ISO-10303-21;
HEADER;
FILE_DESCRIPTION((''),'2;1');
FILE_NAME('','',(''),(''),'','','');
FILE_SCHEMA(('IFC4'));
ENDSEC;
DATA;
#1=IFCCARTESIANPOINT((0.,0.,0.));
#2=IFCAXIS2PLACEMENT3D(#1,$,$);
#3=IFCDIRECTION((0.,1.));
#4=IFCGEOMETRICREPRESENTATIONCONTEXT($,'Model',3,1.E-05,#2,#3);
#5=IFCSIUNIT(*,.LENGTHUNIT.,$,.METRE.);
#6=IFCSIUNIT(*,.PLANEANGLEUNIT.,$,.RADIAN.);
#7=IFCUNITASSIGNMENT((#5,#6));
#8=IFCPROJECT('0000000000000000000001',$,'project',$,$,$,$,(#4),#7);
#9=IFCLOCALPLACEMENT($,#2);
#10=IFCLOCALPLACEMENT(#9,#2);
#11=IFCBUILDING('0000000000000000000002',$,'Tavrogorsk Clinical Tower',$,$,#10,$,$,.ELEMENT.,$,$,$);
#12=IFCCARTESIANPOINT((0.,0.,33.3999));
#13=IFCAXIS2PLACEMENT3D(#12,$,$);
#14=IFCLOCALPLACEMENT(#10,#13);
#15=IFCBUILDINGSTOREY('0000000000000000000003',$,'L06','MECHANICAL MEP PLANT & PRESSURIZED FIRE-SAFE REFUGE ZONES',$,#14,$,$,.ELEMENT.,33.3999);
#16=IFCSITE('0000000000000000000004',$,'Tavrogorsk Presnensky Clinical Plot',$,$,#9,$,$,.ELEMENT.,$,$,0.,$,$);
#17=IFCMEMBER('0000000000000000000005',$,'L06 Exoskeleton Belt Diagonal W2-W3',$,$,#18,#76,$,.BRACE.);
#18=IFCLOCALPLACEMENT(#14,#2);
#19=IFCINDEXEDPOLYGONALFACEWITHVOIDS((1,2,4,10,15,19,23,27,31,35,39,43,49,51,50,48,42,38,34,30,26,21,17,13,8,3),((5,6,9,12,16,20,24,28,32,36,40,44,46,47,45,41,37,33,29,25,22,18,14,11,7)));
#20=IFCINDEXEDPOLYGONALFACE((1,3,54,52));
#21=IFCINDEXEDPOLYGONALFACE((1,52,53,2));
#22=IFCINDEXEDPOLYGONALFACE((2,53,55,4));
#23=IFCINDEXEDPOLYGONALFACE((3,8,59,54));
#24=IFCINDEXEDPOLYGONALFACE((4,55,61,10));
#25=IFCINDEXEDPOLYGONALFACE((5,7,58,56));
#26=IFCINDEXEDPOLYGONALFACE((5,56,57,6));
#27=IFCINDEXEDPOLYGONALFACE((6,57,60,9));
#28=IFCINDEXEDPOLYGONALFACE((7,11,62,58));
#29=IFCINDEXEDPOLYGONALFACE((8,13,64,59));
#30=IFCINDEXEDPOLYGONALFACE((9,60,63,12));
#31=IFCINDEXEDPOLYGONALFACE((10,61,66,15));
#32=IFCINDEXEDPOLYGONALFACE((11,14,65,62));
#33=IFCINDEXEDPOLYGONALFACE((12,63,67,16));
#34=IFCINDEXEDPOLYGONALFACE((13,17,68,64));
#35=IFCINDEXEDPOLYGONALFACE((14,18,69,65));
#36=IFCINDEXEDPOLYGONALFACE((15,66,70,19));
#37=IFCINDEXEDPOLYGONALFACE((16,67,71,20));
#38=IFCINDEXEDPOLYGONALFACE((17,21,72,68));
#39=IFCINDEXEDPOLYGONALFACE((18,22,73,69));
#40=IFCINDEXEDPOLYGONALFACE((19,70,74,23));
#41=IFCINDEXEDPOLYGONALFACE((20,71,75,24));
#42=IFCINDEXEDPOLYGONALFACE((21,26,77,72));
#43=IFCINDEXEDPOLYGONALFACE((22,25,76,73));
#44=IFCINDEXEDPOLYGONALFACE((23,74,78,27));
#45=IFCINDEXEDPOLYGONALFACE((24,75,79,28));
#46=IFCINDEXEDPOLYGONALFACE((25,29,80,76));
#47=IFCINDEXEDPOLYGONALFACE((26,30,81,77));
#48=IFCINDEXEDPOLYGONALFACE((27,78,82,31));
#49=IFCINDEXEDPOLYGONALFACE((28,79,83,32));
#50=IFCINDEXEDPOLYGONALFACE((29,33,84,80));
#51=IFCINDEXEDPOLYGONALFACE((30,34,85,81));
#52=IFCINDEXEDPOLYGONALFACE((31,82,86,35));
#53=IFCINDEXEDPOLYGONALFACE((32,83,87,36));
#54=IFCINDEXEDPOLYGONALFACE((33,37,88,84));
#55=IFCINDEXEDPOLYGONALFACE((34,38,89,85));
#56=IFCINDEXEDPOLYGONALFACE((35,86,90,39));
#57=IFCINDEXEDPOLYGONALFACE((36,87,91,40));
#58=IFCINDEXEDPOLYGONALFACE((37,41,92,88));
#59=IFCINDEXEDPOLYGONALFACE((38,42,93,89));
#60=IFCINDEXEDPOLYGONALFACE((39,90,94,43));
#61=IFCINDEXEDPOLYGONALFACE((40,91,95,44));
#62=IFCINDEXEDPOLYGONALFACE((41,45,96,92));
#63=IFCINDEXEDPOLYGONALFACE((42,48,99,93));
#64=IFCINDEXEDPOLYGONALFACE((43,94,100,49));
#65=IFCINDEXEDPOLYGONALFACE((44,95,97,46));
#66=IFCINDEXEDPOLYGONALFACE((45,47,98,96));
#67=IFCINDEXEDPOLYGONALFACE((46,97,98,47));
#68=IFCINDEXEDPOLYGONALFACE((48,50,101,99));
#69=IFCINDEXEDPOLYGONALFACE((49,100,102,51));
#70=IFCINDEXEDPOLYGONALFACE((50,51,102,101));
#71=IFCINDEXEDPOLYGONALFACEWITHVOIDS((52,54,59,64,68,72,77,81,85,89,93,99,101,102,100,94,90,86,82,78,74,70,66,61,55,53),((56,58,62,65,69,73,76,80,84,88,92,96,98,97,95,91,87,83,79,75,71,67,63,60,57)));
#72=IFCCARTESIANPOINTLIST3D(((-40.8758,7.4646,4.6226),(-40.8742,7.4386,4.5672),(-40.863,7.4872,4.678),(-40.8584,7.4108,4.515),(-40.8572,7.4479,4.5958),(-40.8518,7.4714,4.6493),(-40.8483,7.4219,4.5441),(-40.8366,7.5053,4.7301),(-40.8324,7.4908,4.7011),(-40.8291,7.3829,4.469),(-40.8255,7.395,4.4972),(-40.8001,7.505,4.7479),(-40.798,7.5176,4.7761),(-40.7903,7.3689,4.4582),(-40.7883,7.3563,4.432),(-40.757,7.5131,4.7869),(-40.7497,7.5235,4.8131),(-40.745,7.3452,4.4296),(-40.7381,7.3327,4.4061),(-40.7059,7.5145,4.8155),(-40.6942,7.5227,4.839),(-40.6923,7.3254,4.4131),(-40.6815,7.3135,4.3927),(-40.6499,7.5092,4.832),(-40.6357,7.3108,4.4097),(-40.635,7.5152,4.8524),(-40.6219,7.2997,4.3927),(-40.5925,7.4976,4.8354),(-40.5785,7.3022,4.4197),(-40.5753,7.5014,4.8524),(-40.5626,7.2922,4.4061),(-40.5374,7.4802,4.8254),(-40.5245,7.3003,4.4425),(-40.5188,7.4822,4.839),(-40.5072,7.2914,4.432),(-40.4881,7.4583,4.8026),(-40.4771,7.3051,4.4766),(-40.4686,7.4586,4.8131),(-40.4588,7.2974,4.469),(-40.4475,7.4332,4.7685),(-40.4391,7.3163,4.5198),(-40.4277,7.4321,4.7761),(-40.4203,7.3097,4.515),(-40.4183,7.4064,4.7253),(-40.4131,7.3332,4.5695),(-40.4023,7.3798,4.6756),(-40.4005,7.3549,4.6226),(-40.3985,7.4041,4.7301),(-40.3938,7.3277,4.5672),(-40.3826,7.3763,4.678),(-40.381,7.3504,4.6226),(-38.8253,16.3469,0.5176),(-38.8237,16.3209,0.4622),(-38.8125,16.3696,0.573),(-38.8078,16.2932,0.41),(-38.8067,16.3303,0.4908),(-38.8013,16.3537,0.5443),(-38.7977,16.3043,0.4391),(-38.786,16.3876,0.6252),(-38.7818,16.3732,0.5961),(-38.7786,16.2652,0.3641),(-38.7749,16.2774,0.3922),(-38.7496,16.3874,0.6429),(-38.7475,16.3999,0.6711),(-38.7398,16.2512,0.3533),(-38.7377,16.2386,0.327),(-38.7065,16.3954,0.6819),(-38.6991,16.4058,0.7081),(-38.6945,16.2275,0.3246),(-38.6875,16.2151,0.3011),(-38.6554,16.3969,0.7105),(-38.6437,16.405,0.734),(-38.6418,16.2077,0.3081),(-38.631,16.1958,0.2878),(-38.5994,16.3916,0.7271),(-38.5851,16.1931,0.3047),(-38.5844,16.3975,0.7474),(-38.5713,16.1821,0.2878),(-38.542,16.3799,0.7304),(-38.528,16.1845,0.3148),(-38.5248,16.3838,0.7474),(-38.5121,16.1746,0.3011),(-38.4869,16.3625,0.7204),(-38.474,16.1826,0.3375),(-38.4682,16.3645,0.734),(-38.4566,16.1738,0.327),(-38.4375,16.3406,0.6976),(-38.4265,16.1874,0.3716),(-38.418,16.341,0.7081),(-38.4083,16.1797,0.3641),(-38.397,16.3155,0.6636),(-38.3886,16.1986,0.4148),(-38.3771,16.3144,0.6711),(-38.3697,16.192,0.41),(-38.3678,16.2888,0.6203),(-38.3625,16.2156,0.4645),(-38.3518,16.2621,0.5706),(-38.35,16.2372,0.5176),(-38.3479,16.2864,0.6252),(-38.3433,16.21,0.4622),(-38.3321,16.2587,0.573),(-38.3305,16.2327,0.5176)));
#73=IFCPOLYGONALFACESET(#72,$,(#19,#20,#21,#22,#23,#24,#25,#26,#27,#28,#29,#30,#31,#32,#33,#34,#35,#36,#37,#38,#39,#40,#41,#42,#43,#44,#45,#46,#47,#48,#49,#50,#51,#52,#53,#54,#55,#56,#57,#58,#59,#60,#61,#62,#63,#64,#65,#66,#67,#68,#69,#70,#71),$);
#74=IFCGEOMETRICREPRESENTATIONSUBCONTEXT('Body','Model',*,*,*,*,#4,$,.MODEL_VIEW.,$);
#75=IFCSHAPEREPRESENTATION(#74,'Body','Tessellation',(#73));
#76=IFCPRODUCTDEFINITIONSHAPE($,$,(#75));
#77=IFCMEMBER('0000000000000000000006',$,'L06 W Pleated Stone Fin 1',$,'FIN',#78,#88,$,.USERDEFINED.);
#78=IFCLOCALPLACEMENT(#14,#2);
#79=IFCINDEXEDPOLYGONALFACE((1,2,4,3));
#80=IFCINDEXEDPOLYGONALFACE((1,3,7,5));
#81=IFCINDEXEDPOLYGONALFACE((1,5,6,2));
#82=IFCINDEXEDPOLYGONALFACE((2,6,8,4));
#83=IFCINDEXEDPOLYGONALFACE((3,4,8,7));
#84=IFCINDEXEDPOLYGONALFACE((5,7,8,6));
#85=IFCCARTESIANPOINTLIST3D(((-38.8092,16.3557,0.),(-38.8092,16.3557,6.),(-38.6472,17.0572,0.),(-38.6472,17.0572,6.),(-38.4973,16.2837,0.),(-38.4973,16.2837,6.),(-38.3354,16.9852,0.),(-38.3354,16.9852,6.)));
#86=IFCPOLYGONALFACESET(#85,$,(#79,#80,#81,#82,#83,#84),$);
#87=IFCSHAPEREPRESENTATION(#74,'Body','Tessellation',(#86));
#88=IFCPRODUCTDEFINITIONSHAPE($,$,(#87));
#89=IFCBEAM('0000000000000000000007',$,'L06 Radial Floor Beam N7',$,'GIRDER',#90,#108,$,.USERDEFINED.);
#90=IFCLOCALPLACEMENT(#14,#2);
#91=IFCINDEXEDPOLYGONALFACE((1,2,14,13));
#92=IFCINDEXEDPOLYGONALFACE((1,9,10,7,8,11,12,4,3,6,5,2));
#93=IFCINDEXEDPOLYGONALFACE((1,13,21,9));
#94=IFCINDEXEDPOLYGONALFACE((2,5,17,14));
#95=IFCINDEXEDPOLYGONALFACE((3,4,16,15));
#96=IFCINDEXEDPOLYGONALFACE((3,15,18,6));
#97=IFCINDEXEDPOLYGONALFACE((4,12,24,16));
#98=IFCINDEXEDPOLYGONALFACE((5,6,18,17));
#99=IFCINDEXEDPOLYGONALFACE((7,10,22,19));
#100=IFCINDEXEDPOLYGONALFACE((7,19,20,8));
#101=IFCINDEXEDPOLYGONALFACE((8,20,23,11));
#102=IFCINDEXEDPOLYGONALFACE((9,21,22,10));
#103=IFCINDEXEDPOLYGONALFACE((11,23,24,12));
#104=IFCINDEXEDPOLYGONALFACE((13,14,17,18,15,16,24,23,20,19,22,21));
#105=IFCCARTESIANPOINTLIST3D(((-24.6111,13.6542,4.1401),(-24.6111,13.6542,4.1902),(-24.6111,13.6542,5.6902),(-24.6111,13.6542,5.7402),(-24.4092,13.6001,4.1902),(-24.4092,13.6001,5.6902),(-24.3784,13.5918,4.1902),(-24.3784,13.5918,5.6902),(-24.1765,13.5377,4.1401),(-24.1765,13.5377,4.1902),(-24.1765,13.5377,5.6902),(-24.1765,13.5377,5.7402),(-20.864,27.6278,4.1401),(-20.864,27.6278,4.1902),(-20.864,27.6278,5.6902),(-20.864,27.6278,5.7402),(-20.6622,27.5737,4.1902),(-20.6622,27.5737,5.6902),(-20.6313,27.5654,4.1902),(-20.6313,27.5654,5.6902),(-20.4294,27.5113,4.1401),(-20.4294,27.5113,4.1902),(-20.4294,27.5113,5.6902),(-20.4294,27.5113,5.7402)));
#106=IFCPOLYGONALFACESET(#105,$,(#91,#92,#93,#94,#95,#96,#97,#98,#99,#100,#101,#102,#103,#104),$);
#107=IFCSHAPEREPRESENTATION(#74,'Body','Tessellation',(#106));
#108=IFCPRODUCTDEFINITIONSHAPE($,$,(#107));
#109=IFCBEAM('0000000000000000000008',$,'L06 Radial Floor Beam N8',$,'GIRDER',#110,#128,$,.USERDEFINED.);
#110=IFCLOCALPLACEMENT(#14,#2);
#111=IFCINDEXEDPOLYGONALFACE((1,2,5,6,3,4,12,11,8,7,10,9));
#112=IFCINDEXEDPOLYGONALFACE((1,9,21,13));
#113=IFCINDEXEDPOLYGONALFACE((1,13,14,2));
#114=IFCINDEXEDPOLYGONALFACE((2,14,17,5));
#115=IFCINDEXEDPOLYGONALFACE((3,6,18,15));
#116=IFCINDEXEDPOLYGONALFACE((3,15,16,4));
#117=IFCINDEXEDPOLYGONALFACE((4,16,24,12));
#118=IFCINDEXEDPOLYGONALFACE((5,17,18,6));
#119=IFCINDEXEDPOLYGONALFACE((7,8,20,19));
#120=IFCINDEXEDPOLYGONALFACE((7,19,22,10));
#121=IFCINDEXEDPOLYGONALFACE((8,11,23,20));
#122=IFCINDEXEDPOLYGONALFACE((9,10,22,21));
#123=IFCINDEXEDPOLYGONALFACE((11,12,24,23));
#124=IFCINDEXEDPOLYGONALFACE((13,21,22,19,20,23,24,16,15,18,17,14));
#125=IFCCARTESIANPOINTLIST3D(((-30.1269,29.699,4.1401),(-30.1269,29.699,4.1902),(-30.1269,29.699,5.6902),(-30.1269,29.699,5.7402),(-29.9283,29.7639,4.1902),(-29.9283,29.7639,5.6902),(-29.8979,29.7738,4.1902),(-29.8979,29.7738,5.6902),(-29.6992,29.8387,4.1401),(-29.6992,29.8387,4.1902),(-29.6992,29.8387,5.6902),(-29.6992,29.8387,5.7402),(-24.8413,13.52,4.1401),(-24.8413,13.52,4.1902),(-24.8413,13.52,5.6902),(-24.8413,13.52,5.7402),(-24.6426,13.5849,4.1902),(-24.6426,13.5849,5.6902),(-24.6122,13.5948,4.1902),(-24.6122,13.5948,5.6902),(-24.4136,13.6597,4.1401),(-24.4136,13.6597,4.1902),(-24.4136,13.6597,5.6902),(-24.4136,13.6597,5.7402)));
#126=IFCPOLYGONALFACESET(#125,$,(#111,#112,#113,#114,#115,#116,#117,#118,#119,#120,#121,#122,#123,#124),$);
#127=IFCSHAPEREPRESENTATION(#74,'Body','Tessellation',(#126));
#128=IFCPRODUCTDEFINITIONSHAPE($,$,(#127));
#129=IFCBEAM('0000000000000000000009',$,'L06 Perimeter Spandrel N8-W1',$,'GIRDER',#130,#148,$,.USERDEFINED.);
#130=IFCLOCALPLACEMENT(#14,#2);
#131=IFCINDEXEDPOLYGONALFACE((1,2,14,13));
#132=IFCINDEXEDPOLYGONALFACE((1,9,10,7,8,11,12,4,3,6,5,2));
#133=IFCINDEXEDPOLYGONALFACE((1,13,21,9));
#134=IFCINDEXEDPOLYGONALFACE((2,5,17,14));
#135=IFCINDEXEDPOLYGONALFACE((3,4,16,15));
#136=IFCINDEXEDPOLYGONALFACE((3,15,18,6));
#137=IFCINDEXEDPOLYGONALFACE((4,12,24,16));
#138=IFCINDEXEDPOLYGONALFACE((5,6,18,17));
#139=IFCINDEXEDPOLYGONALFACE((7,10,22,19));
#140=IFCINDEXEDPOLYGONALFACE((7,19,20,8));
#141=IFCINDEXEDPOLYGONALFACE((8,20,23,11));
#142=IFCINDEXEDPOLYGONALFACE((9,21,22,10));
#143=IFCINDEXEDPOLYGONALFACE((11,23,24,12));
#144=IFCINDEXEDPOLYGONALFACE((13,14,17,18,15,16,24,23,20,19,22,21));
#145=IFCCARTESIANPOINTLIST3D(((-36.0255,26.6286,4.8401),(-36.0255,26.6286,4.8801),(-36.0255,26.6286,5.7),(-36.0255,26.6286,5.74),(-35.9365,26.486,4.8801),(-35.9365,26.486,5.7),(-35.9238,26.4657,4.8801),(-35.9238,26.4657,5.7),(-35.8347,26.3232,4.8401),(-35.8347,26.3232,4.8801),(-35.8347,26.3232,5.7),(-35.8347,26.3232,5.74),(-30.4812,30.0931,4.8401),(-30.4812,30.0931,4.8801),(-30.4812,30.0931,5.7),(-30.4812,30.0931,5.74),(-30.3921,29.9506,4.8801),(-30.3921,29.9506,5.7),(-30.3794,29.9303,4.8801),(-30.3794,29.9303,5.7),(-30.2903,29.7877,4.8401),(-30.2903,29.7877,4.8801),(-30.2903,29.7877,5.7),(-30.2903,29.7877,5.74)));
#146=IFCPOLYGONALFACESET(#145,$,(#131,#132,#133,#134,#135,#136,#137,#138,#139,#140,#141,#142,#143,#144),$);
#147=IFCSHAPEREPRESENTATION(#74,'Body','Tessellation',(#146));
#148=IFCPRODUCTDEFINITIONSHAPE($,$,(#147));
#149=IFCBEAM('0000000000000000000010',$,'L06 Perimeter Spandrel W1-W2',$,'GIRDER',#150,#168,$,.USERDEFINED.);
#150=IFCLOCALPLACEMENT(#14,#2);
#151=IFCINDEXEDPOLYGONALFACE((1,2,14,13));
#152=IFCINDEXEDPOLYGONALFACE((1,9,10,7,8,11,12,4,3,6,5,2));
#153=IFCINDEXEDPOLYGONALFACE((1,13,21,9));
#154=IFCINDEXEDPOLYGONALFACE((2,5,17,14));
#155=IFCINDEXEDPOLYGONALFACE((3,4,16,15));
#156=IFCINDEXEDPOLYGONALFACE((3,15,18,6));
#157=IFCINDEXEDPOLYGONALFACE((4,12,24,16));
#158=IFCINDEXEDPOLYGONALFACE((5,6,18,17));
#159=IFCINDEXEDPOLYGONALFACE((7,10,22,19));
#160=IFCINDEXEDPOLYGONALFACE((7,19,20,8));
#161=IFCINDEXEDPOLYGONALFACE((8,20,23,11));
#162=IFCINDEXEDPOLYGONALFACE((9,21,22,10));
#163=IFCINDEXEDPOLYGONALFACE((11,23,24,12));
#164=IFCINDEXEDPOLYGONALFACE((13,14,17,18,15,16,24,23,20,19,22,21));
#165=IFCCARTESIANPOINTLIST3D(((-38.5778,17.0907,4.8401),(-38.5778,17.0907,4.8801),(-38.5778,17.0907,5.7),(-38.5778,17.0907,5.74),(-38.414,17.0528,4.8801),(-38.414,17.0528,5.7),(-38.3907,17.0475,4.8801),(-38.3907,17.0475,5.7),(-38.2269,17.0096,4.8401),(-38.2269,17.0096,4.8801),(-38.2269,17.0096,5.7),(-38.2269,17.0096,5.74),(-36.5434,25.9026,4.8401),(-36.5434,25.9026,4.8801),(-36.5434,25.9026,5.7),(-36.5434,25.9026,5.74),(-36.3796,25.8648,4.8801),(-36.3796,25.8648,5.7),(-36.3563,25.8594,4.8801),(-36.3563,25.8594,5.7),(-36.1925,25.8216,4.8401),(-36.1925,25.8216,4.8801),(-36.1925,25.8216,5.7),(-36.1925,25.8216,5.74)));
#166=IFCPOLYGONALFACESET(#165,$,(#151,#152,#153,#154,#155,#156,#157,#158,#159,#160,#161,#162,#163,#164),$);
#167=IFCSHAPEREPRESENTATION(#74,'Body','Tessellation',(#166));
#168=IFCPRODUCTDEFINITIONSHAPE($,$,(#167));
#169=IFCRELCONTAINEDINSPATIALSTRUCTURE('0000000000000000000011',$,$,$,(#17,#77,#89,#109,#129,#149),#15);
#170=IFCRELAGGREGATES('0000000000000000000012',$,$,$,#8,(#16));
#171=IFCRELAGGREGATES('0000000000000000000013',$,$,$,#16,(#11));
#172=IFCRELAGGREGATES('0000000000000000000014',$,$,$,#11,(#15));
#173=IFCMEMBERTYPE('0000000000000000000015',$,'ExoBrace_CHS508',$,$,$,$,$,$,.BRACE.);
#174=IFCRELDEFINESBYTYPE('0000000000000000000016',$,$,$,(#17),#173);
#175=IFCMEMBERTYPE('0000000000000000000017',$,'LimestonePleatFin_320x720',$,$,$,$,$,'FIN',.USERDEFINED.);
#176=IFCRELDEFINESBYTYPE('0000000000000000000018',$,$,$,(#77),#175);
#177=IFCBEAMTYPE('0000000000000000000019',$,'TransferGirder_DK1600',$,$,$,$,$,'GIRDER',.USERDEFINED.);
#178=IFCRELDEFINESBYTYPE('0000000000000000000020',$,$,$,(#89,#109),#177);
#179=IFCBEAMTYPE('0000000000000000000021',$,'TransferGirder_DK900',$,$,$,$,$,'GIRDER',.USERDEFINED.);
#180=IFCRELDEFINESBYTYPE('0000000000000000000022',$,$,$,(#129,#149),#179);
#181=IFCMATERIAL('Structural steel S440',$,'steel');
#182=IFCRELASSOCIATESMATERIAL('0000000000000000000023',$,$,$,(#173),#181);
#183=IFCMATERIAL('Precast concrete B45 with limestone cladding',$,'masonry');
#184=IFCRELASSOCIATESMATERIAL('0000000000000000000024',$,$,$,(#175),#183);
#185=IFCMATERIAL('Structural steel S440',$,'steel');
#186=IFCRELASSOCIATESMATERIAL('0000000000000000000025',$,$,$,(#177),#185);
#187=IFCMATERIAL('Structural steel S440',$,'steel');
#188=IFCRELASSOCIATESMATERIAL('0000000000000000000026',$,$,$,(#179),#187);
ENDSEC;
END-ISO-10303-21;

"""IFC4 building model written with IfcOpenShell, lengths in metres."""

from ifc_helpers import new_model, si_unit, direction, frame, origin, origin_2d, place, context, subcontext, project, spatial, rectangle, hollow_circle, i_section, extrude, material, material_profile, profile_set, type_object, element, save


model = new_model("IFC4")

# Units and contexts
model_context = context("Model", 3, precision=1e-05, world=origin(), true_north=direction((0.0, 1.0)))
body_context = subcontext(model_context, "Body", "Model", "MODEL_VIEW")
ifc_project = project(units=[si_unit("LENGTHUNIT", "METRE"), si_unit("PLANEANGLEUNIT", "RADIAN")], contexts=[model_context])

# Site, building, storey
site_placement = place(None, origin())
site = spatial("IfcSite", under=ifc_project, at=site_placement, Name="Tavrogorsk Presnensky Clinical Plot", CompositionType="ELEMENT", RefElevation=0.0)
building_placement = place(site_placement, origin())
building = spatial("IfcBuilding", under=site, at=building_placement, Name="Tavrogorsk Clinical Tower", CompositionType="ELEMENT")
storey_placement = place(building_placement, frame((0.0, 0.0, 33.3999)))
storey = spatial("IfcBuildingStorey", under=building, at=storey_placement, Name="L06", Description="MECHANICAL MEP PLANT & PRESSURIZED FIRE-SAFE REFUGE ZONES", CompositionType="ELEMENT", Elevation=33.3999)

# Members
ifc_material_1 = material(Name="Structural steel S440", Category="steel")
ifc_material_profile_1 = material_profile(ifc_material_1, hollow_circle(Radius=0.2539, WallThickness=0.02, at=origin_2d()), Name="CHS-508x20")
ifc_profile_set_1 = profile_set([ifc_material_profile_1], Name="Structural steel S440")
member_type_1 = type_object("IfcMemberType", Name="ExoBrace_CHS508", PredefinedType="BRACE", material=ifc_profile_set_1)
for number, where, z_axis, x_axis, name in (
    (1, (-38.5779, 16.2898, 0.5176), (-0.205104, -0.888449, 0.410598), (0.974373, -0.22494, 0.0), "L06 Exoskeleton Belt Diagonal W2-W3"),
):
    element("IfcMember", number, at=place(storey_placement, frame(where, z_axis=z_axis, x_axis=x_axis)), inside=storey, type_object=member_type_1, Name=name, PredefinedType="BRACE", context=body_context, shape_type="SweptSolid", body=[
        extrude(hollow_circle(Radius=0.2539, WallThickness=0.02, at=origin_2d()), origin(), (0.0, 0.0, 1.0), 9.9976),
    ])
ifc_material_2 = material(Name="Precast concrete B45 with limestone cladding", Category="masonry")
ifc_material_profile_2 = material_profile(ifc_material_2, rectangle(XDim=0.3201, YDim=0.72, at=origin_2d()), Name="LIMESTONE-FIN-320x720")
ifc_profile_set_2 = profile_set([ifc_material_profile_2], Name="Precast concrete B45 with limestone cladding")
member_type_2 = type_object("IfcMemberType", Name="LimestonePleatFin_320x720", ElementType="FIN", PredefinedType="USERDEFINED", material=ifc_profile_set_2)
member_1_placement = place(storey_placement, frame((-38.5723, 16.6704, 0.0), z_axis=(0.0, 0.0, 1.0), x_axis=(0.97437, -0.224951, 0.0)))
element("IfcMember", 2, at=member_1_placement, inside=storey, type_object=member_type_2, Name="L06 W Pleated Stone Fin 1", ObjectType="FIN", PredefinedType="USERDEFINED", context=body_context, shape_type="SweptSolid", body=[
    extrude(rectangle(XDim=0.3201, YDim=0.72, at=origin_2d()), origin(), (0.0, 0.0, 1.0), 6.0),
])

# Beams
ifc_material_3 = material(Name="Structural steel S440", Category="steel")
ifc_material_profile_3 = material_profile(ifc_material_3, i_section(OverallWidth=0.45, OverallDepth=1.6001, WebThickness=0.032, FlangeThickness=0.05, at=origin_2d()), Name="DK-1600x450x32x50")
ifc_profile_set_3 = profile_set([ifc_material_profile_3], Name="Structural steel S440")
beam_type_1 = type_object("IfcBeamType", Name="TransferGirder_DK1600", ElementType="GIRDER", PredefinedType="USERDEFINED", material=ifc_profile_set_3)
beam_1_placement = place(storey_placement, frame((-24.3938, 13.5959, 4.9402), z_axis=(0.259003, 0.965877, 0.0), x_axis=(-0.965877, 0.259003, 0.0)))
element("IfcBeam", 3, at=beam_1_placement, inside=storey, type_object=beam_type_1, Name="L06 Radial Floor Beam N7", ObjectType="GIRDER", PredefinedType="USERDEFINED", context=body_context, shape_type="SweptSolid", body=[
    extrude(i_section(OverallWidth=0.45, OverallDepth=1.6001, WebThickness=0.032, FlangeThickness=0.05, at=origin_2d()), origin(), (0.0, 0.0, 1.0), 14.4673),
])
beam_2_placement = place(storey_placement, frame((-24.6274, 13.5898, 4.9402), z_axis=(-0.310546, 0.950558, 0.0), x_axis=(-0.950558, -0.310546, 0.0)))
element("IfcBeam", 4, at=beam_2_placement, inside=storey, type_object=beam_type_1, Name="L06 Radial Floor Beam N8", ObjectType="GIRDER", PredefinedType="USERDEFINED", context=body_context, shape_type="SweptSolid", body=[
    extrude(i_section(OverallWidth=0.45, OverallDepth=1.6001, WebThickness=0.032, FlangeThickness=0.05, at=origin_2d()), origin(), (0.0, 0.0, 1.0), 17.0205),
])
ifc_material_4 = material(Name="Structural steel S440", Category="steel")
ifc_material_profile_4 = material_profile(ifc_material_4, i_section(OverallWidth=0.3601, OverallDepth=0.8999, WebThickness=0.0239, FlangeThickness=0.04, at=origin_2d()), Name="DK-900x360x24x40")
ifc_profile_set_4 = profile_set([ifc_material_profile_4], Name="Structural steel S440")
beam_type_2 = type_object("IfcBeamType", Name="TransferGirder_DK900", ElementType="GIRDER", PredefinedType="USERDEFINED", material=ifc_profile_set_4)
beam_3_placement = place(storey_placement, frame((-30.3857, 29.9404, 5.29), z_axis=(-0.848044, -0.529925, 0.0), x_axis=(0.529925, -0.848044, 0.0)))
element("IfcBeam", 5, at=beam_3_placement, inside=storey, type_object=beam_type_2, Name="L06 Perimeter Spandrel N8-W1", ObjectType="GIRDER", PredefinedType="USERDEFINED", context=body_context, shape_type="SweptSolid", body=[
    extrude(i_section(OverallWidth=0.3601, OverallDepth=0.8999, WebThickness=0.0239, FlangeThickness=0.04, at=origin_2d()), origin(), (0.0, 0.0, 1.0), 6.5378),
])
beam_4_placement = place(storey_placement, frame((-36.3679, 25.8621, 5.29), z_axis=(-0.224952, -0.97437, 0.0), x_axis=(0.97437, -0.224952, 0.0)))
element("IfcBeam", 6, at=beam_4_placement, inside=storey, type_object=beam_type_2, Name="L06 Perimeter Spandrel W1-W2", ObjectType="GIRDER", PredefinedType="USERDEFINED", context=body_context, shape_type="SweptSolid", body=[
    extrude(i_section(OverallWidth=0.3601, OverallDepth=0.8999, WebThickness=0.0239, FlangeThickness=0.04, at=origin_2d()), origin(), (0.0, 0.0, 1.0), 9.0437),
])

save(model, "model.ifc")
